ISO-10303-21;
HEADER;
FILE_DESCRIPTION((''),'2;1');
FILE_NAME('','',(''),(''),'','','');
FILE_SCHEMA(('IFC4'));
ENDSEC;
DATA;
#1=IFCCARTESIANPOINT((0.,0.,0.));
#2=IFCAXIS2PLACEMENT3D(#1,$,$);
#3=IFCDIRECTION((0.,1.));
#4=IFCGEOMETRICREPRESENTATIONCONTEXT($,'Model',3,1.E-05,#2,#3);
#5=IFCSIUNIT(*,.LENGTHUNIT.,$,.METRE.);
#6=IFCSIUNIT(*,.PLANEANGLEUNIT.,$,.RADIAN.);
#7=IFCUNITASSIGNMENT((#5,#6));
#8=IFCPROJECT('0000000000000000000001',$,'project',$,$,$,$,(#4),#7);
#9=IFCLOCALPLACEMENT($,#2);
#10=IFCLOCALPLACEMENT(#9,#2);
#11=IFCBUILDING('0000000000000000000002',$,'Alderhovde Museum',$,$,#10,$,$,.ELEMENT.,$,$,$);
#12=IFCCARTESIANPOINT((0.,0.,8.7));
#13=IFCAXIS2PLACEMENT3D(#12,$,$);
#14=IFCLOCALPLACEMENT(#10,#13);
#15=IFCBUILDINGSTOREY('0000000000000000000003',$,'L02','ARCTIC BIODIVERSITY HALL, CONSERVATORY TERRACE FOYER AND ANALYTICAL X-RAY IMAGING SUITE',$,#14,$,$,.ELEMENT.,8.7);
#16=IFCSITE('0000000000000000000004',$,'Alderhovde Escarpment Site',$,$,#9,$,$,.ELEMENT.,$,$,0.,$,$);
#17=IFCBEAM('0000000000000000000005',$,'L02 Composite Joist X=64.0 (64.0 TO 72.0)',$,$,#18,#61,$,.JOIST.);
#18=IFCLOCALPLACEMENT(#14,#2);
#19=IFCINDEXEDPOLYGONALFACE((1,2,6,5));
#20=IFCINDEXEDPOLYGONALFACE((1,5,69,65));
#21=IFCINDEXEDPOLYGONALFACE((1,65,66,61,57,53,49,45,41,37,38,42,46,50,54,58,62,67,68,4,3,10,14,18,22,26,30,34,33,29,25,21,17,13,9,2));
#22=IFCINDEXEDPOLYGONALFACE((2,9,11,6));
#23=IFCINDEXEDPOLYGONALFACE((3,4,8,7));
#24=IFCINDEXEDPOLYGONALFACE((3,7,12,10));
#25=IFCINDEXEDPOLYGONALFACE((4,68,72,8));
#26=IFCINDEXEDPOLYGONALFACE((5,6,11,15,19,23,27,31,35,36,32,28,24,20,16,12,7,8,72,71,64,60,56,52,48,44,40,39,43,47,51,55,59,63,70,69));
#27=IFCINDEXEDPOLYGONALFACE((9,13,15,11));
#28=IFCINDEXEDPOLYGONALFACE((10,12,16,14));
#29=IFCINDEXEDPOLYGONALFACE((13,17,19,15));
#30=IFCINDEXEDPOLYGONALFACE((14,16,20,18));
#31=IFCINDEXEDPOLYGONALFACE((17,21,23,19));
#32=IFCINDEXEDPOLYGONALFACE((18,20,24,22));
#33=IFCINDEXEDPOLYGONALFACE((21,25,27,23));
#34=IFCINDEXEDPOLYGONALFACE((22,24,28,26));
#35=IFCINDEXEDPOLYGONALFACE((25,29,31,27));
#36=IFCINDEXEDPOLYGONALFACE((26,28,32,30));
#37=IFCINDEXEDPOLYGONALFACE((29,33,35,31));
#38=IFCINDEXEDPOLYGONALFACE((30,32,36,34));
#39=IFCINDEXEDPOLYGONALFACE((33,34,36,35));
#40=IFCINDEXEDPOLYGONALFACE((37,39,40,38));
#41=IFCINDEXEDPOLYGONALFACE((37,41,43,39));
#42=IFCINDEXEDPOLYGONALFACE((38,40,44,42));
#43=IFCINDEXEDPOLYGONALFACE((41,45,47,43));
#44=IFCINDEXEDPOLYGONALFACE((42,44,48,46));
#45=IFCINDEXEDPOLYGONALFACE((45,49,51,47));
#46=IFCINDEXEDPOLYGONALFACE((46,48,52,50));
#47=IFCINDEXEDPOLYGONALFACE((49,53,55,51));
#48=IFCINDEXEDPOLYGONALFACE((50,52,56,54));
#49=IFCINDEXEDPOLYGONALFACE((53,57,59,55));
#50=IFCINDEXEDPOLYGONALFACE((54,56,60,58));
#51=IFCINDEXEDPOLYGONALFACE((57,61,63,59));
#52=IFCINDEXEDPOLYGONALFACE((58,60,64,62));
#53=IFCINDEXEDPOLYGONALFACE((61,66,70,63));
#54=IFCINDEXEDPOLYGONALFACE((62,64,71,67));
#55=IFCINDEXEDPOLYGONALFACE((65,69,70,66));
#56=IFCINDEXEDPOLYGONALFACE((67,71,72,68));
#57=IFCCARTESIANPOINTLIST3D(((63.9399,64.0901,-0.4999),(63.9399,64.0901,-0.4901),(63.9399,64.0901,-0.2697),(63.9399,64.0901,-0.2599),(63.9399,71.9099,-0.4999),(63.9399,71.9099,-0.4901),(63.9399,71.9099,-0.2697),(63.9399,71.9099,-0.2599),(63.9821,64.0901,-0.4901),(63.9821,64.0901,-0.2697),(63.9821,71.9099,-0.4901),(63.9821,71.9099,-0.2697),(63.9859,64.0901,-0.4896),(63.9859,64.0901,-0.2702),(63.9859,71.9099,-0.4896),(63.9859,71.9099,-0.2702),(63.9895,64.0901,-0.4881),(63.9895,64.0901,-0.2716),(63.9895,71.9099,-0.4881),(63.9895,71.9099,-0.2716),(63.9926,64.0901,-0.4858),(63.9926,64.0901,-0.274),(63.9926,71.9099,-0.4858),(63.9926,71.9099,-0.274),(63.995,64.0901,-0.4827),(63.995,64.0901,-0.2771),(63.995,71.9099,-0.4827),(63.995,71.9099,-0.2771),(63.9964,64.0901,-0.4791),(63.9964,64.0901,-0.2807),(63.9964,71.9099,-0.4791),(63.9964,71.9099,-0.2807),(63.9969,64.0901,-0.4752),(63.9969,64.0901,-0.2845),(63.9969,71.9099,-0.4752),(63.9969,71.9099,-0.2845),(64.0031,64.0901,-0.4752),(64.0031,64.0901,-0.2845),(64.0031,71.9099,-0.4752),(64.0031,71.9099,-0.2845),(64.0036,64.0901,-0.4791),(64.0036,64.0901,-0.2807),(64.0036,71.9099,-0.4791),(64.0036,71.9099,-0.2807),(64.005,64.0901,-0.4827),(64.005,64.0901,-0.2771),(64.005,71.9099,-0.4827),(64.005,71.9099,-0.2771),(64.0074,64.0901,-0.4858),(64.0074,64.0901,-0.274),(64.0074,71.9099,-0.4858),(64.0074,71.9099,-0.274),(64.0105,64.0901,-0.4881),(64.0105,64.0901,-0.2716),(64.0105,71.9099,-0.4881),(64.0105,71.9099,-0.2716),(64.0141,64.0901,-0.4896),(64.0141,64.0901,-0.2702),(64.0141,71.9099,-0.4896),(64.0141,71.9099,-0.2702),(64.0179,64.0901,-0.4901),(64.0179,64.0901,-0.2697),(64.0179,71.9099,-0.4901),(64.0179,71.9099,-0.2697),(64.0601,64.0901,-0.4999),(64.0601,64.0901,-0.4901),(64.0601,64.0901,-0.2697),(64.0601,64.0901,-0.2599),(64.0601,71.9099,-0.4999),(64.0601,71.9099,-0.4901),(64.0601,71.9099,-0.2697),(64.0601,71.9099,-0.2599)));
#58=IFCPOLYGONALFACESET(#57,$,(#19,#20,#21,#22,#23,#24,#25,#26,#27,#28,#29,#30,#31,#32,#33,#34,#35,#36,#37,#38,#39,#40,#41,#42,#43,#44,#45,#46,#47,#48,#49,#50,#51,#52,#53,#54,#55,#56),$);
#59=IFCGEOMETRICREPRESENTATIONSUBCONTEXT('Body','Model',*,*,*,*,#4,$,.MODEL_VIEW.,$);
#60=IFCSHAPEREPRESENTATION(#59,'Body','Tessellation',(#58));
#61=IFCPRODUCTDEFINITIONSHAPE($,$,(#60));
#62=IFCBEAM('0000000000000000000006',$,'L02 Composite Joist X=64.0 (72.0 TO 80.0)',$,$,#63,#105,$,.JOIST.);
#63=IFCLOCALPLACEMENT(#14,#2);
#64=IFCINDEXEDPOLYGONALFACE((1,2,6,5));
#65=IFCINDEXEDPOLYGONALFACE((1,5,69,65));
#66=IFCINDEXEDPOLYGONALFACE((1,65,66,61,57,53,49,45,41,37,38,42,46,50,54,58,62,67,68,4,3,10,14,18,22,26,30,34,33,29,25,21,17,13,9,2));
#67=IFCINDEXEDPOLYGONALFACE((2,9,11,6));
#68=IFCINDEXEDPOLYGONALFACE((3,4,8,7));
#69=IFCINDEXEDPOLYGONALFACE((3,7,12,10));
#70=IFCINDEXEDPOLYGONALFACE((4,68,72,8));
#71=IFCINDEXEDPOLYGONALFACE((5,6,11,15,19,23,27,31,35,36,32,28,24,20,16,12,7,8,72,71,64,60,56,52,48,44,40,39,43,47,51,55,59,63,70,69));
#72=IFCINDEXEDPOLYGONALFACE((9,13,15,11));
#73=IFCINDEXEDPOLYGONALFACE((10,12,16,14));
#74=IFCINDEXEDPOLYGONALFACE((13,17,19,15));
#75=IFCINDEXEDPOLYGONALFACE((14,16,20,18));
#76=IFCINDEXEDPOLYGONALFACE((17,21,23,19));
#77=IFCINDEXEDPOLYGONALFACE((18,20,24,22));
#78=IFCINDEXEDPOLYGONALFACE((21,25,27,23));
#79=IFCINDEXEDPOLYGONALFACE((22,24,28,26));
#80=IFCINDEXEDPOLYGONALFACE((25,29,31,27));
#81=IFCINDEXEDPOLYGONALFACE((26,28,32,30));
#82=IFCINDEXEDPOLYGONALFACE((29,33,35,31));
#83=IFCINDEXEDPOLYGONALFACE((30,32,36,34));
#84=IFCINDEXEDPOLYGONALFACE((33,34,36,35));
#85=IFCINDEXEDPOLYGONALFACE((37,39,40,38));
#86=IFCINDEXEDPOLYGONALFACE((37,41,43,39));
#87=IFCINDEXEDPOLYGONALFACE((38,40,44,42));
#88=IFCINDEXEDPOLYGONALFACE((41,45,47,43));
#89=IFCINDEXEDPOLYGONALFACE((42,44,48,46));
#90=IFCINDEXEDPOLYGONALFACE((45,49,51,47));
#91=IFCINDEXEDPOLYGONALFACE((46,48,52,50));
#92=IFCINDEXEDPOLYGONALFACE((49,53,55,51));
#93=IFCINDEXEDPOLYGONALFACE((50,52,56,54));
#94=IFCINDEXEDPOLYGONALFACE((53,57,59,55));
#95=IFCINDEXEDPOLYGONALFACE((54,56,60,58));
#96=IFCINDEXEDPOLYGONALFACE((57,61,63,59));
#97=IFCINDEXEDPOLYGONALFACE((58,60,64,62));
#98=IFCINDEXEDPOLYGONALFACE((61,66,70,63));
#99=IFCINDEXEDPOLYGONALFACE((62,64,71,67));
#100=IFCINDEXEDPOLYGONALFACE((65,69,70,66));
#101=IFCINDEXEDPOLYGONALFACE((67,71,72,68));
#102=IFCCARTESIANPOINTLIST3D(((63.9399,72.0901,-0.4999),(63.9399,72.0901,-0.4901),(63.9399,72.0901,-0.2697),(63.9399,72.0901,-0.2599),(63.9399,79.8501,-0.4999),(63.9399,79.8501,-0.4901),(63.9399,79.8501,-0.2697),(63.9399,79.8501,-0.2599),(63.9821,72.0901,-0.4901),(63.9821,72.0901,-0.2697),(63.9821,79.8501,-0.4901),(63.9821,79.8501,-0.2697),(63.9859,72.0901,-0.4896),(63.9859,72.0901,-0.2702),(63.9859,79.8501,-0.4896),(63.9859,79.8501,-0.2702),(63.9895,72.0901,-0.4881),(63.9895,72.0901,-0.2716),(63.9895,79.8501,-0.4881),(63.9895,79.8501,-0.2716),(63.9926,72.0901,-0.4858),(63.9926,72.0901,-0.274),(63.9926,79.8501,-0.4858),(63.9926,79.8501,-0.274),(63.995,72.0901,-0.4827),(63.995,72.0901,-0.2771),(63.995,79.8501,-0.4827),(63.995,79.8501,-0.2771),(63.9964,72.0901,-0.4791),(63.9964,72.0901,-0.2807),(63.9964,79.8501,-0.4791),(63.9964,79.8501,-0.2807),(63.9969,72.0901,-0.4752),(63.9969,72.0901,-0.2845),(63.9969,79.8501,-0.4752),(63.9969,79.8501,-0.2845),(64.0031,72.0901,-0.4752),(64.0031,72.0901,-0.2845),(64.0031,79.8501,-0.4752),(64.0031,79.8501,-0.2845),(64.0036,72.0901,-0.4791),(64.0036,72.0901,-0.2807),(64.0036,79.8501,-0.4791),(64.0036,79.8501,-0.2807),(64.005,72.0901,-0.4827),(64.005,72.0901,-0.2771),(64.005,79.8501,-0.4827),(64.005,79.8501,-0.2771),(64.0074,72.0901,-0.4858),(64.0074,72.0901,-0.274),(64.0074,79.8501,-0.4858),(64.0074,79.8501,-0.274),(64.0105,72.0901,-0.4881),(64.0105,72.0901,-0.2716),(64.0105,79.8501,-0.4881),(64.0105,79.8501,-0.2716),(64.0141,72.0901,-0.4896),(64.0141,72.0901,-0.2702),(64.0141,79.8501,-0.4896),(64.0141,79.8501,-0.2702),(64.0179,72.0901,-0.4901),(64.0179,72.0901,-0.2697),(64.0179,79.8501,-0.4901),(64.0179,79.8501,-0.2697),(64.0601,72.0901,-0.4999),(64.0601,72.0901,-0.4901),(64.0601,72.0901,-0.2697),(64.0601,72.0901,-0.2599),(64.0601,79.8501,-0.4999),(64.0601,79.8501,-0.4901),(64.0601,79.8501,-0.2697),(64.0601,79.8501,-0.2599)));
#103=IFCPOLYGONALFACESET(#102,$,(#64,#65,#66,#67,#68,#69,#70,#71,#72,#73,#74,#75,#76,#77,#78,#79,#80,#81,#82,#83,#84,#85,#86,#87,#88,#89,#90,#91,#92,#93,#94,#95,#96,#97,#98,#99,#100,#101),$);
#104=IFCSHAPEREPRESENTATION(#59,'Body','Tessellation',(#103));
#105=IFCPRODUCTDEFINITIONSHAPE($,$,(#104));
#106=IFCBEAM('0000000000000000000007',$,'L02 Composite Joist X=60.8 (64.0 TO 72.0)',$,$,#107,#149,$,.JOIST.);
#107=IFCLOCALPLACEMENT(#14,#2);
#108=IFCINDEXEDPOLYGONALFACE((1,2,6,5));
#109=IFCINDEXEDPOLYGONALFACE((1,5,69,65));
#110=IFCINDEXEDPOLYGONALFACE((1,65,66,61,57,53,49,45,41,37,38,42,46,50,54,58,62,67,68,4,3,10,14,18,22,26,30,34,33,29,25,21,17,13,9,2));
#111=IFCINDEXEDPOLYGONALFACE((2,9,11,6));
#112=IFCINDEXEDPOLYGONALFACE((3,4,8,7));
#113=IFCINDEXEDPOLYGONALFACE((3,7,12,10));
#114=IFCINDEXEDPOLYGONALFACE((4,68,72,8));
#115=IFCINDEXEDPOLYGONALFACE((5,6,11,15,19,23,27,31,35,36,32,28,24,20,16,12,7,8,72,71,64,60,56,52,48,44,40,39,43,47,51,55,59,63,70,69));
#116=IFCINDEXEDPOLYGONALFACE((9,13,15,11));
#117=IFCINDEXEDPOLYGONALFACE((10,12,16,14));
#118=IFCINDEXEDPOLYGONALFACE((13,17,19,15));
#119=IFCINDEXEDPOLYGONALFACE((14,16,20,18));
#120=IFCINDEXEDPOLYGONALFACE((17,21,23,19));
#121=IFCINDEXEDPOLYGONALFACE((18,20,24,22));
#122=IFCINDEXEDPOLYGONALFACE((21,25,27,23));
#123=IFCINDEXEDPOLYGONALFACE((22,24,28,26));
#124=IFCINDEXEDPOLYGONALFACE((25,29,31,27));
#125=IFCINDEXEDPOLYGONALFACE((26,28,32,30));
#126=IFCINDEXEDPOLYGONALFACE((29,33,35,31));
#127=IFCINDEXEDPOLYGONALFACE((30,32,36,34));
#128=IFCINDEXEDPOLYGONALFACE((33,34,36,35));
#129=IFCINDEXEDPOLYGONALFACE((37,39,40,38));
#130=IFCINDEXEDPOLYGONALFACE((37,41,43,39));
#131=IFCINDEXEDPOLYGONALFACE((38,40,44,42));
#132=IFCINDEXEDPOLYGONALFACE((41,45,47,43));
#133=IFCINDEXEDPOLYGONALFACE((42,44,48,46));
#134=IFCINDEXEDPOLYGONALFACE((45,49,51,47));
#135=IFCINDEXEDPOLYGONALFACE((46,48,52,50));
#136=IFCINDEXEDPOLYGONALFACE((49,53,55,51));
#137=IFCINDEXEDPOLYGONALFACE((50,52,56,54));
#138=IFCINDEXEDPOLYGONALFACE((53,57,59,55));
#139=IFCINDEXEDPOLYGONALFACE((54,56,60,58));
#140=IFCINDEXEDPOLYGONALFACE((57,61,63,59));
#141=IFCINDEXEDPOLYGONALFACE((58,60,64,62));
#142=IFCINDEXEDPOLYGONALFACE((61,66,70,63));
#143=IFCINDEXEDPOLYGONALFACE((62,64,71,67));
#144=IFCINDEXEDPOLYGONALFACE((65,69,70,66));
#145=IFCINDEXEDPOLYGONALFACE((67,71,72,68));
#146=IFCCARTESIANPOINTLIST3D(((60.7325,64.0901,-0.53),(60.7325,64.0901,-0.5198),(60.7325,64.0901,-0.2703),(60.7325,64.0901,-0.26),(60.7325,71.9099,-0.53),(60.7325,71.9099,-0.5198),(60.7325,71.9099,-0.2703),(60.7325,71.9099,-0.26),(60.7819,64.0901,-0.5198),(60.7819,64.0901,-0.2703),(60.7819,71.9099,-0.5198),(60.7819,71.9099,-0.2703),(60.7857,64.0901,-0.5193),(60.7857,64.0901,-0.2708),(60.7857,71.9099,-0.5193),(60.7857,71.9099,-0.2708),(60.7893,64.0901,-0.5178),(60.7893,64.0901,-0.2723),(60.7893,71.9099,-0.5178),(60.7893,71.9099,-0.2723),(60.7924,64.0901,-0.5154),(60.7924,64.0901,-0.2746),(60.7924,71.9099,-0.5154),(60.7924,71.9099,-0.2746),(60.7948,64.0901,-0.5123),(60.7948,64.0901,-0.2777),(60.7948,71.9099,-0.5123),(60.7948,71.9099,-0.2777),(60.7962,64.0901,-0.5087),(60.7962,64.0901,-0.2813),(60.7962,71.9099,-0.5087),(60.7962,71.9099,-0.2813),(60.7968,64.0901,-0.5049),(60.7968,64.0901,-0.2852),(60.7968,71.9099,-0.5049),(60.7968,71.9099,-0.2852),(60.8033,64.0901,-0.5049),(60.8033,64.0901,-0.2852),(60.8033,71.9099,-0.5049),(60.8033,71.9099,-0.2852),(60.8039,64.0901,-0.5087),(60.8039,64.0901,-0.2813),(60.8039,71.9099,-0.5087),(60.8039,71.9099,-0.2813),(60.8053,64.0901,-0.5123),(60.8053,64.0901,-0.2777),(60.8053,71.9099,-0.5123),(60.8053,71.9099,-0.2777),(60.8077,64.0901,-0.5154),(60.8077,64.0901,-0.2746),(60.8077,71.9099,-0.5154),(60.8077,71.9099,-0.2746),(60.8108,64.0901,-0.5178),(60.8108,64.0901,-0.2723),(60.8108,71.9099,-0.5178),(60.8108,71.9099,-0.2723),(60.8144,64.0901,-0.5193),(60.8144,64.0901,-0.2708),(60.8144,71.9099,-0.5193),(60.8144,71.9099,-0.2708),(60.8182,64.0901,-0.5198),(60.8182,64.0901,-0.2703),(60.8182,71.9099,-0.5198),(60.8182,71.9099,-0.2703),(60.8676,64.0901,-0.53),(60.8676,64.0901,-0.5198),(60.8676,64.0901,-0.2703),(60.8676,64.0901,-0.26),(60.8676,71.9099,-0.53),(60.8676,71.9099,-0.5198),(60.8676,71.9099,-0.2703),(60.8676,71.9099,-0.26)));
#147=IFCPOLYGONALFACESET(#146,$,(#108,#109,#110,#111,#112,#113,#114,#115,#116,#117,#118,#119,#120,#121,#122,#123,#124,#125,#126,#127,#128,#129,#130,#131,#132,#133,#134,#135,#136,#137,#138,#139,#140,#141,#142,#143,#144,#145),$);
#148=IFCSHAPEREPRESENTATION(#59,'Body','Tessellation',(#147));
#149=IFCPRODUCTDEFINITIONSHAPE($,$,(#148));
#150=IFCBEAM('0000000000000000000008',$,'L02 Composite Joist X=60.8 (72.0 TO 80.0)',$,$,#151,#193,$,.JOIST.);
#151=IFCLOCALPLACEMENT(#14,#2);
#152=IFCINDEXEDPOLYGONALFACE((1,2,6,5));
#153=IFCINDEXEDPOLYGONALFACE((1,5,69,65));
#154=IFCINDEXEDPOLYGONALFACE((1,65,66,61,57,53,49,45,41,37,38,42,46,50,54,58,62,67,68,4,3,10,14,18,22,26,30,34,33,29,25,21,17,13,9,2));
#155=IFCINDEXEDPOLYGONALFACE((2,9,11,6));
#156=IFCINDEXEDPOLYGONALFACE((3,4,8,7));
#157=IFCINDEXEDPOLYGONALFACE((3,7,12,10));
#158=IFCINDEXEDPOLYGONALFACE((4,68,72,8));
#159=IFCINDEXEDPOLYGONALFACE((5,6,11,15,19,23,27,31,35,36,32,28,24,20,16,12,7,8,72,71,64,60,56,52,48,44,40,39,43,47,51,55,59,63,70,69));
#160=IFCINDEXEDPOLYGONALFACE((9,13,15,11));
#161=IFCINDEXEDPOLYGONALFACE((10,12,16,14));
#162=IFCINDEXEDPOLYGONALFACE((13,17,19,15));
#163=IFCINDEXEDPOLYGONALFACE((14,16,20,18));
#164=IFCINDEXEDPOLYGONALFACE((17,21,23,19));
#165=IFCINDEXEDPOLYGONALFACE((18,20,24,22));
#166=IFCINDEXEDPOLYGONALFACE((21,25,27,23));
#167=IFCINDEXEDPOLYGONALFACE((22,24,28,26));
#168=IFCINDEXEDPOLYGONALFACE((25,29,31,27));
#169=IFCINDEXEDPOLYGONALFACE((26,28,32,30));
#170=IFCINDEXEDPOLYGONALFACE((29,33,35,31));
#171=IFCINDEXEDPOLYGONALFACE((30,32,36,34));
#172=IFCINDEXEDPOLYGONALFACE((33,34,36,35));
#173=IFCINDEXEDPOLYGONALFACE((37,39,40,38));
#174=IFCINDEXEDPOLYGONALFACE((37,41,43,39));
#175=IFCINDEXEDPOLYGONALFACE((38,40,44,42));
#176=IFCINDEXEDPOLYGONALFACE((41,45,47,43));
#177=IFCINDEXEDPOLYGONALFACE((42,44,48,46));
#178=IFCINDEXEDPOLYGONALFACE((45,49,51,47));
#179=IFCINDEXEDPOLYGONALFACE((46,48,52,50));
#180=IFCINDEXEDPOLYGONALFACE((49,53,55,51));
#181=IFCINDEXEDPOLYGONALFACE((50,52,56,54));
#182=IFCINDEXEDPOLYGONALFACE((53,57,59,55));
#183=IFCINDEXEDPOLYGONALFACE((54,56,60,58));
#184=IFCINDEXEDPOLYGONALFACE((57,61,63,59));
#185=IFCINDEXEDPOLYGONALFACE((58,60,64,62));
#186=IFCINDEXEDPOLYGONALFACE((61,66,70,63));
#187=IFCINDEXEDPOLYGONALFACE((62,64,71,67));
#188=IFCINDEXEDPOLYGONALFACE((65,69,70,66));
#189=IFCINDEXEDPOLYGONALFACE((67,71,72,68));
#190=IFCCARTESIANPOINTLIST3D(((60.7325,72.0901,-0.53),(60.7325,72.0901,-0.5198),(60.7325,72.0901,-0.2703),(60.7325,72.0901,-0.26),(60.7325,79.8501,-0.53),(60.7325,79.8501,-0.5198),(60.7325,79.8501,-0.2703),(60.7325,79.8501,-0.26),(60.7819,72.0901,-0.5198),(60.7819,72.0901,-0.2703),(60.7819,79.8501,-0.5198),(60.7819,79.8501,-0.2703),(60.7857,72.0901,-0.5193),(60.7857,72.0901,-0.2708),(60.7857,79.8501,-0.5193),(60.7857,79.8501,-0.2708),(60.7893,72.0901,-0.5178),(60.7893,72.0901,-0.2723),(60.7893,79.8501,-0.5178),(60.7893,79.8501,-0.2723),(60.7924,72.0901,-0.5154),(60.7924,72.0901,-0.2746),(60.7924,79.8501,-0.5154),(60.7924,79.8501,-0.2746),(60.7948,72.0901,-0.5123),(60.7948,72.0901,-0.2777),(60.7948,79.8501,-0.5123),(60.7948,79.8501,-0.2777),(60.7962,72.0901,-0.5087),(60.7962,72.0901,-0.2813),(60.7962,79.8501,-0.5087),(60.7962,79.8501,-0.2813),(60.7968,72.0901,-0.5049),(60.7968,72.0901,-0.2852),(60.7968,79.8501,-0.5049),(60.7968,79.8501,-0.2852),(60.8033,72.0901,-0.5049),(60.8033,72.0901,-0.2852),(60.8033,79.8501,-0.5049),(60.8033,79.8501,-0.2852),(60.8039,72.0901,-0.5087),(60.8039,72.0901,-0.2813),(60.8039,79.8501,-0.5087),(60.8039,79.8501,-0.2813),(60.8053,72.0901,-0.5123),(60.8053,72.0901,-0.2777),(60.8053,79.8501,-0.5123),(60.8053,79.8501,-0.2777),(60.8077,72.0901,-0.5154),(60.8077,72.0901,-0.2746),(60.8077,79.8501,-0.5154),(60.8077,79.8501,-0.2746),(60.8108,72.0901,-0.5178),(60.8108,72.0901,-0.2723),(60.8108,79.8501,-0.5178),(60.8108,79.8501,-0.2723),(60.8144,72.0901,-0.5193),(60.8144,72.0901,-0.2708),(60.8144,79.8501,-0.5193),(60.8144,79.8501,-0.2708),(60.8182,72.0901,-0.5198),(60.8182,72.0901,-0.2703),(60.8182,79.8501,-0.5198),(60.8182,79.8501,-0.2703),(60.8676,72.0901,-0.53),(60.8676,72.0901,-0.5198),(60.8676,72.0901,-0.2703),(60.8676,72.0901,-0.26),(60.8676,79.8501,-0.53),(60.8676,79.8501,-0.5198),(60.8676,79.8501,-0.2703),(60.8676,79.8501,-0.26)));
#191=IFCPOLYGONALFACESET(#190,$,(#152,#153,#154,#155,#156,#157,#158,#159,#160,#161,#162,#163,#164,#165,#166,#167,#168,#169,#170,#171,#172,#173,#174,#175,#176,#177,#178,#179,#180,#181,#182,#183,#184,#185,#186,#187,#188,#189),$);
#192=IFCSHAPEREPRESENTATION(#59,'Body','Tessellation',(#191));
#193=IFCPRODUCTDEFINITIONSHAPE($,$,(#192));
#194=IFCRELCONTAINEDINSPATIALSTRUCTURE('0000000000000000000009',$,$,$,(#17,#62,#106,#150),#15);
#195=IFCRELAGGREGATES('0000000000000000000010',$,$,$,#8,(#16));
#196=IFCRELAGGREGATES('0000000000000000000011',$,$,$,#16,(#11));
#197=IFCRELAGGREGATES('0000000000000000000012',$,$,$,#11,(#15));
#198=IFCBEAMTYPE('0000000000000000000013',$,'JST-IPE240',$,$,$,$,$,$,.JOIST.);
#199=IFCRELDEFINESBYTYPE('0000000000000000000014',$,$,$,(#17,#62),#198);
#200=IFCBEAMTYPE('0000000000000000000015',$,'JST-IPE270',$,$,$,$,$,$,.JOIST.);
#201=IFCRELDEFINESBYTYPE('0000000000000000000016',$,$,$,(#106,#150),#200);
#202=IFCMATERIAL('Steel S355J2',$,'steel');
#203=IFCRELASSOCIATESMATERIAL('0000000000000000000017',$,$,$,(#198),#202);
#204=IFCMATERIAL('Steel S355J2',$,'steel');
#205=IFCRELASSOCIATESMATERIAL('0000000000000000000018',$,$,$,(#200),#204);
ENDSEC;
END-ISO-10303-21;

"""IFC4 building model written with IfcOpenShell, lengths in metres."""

from ifc_helpers import new_model, si_unit, direction, frame, origin, origin_2d, place, context, subcontext, project, spatial, i_section, extrude, material, material_profile, profile_set, type_object, element, save


model = new_model("IFC4")

# Units and contexts
model_context = context("Model", 3, precision=1e-05, world=origin(), true_north=direction((0.0, 1.0)))
body_context = subcontext(model_context, "Body", "Model", "MODEL_VIEW")
ifc_project = project(units=[si_unit("LENGTHUNIT", "METRE"), si_unit("PLANEANGLEUNIT", "RADIAN")], contexts=[model_context])

# Site, building, storey
site_placement = place(None, origin())
site = spatial("IfcSite", under=ifc_project, at=site_placement, Name="Alderhovde Escarpment Site", CompositionType="ELEMENT", RefElevation=0.0)
building_placement = place(site_placement, origin())
building = spatial("IfcBuilding", under=site, at=building_placement, Name="Alderhovde Museum", CompositionType="ELEMENT")
storey_placement = place(building_placement, frame((0.0, 0.0, 8.7)))
storey = spatial("IfcBuildingStorey", under=building, at=storey_placement, Name="L02", Description="ARCTIC BIODIVERSITY HALL, CONSERVATORY TERRACE FOYER AND ANALYTICAL X-RAY IMAGING SUITE", CompositionType="ELEMENT", Elevation=8.7)

# Beams
ifc_material_1 = material(Name="Steel S355J2", Category="steel")
ifc_material_profile_1 = material_profile(ifc_material_1, i_section(OverallWidth=0.1201, OverallDepth=0.24, WebThickness=0.0061, FlangeThickness=0.0098, FilletRadius=0.0149, at=origin_2d()), Name="IPE 240")
ifc_profile_set_1 = profile_set([ifc_material_profile_1], Name="Steel S355J2")
beam_type_1 = type_object("IfcBeamType", Name="JST-IPE240", PredefinedType="JOIST", material=ifc_profile_set_1)
beam_1_placement = place(storey_placement, frame((64.0, 64.0901, -0.3799), z_axis=(0.0, 1.0, 0.0), x_axis=(-1.0, 0.0, 0.0)))
element("IfcBeam", 1, at=beam_1_placement, inside=storey, type_object=beam_type_1, Name="L02 Composite Joist X=64.0 (64.0 TO 72.0)", PredefinedType="JOIST", context=body_context, shape_type="SweptSolid", body=[
    extrude(i_section(OverallWidth=0.1201, OverallDepth=0.24, WebThickness=0.0061, FlangeThickness=0.0098, FilletRadius=0.0149, at=origin_2d()), origin(), (0.0, 0.0, 1.0), 7.8198),
])
beam_2_placement = place(storey_placement, frame((64.0, 72.0901, -0.3799), z_axis=(0.0, 1.0, 0.0), x_axis=(-1.0, 0.0, 0.0)))
element("IfcBeam", 2, at=beam_2_placement, inside=storey, type_object=beam_type_1, Name="L02 Composite Joist X=64.0 (72.0 TO 80.0)", PredefinedType="JOIST", context=body_context, shape_type="SweptSolid", body=[
    extrude(i_section(OverallWidth=0.1201, OverallDepth=0.24, WebThickness=0.0061, FlangeThickness=0.0098, FilletRadius=0.0149, at=origin_2d()), origin(), (0.0, 0.0, 1.0), 7.76),
])
ifc_material_2 = material(Name="Steel S355J2", Category="steel")
ifc_material_profile_2 = material_profile(ifc_material_2, i_section(OverallWidth=0.135, OverallDepth=0.27, WebThickness=0.0066, FlangeThickness=0.0103, FilletRadius=0.0149, at=origin_2d()), Name="IPE 270")
ifc_profile_set_2 = profile_set([ifc_material_profile_2], Name="Steel S355J2")
beam_type_2 = type_object("IfcBeamType", Name="JST-IPE270", PredefinedType="JOIST", material=ifc_profile_set_2)
beam_3_placement = place(storey_placement, frame((60.8, 64.0901, -0.395), z_axis=(0.0, 1.0, 0.0), x_axis=(-1.0, 0.0, 0.0)))
element("IfcBeam", 3, at=beam_3_placement, inside=storey, type_object=beam_type_2, Name="L02 Composite Joist X=60.8 (64.0 TO 72.0)", PredefinedType="JOIST", context=body_context, shape_type="SweptSolid", body=[
    extrude(i_section(OverallWidth=0.135, OverallDepth=0.27, WebThickness=0.0066, FlangeThickness=0.0103, FilletRadius=0.0149, at=origin_2d()), origin(), (0.0, 0.0, 1.0), 7.8198),
])
beam_4_placement = place(storey_placement, frame((60.8, 72.0901, -0.395), z_axis=(0.0, 1.0, 0.0), x_axis=(-1.0, 0.0, 0.0)))
element("IfcBeam", 4, at=beam_4_placement, inside=storey, type_object=beam_type_2, Name="L02 Composite Joist X=60.8 (72.0 TO 80.0)", PredefinedType="JOIST", context=body_context, shape_type="SweptSolid", body=[
    extrude(i_section(OverallWidth=0.135, OverallDepth=0.27, WebThickness=0.0066, FlangeThickness=0.0103, FilletRadius=0.0149, at=origin_2d()), origin(), (0.0, 0.0, 1.0), 7.76),
])

save(model, "model.ifc")
